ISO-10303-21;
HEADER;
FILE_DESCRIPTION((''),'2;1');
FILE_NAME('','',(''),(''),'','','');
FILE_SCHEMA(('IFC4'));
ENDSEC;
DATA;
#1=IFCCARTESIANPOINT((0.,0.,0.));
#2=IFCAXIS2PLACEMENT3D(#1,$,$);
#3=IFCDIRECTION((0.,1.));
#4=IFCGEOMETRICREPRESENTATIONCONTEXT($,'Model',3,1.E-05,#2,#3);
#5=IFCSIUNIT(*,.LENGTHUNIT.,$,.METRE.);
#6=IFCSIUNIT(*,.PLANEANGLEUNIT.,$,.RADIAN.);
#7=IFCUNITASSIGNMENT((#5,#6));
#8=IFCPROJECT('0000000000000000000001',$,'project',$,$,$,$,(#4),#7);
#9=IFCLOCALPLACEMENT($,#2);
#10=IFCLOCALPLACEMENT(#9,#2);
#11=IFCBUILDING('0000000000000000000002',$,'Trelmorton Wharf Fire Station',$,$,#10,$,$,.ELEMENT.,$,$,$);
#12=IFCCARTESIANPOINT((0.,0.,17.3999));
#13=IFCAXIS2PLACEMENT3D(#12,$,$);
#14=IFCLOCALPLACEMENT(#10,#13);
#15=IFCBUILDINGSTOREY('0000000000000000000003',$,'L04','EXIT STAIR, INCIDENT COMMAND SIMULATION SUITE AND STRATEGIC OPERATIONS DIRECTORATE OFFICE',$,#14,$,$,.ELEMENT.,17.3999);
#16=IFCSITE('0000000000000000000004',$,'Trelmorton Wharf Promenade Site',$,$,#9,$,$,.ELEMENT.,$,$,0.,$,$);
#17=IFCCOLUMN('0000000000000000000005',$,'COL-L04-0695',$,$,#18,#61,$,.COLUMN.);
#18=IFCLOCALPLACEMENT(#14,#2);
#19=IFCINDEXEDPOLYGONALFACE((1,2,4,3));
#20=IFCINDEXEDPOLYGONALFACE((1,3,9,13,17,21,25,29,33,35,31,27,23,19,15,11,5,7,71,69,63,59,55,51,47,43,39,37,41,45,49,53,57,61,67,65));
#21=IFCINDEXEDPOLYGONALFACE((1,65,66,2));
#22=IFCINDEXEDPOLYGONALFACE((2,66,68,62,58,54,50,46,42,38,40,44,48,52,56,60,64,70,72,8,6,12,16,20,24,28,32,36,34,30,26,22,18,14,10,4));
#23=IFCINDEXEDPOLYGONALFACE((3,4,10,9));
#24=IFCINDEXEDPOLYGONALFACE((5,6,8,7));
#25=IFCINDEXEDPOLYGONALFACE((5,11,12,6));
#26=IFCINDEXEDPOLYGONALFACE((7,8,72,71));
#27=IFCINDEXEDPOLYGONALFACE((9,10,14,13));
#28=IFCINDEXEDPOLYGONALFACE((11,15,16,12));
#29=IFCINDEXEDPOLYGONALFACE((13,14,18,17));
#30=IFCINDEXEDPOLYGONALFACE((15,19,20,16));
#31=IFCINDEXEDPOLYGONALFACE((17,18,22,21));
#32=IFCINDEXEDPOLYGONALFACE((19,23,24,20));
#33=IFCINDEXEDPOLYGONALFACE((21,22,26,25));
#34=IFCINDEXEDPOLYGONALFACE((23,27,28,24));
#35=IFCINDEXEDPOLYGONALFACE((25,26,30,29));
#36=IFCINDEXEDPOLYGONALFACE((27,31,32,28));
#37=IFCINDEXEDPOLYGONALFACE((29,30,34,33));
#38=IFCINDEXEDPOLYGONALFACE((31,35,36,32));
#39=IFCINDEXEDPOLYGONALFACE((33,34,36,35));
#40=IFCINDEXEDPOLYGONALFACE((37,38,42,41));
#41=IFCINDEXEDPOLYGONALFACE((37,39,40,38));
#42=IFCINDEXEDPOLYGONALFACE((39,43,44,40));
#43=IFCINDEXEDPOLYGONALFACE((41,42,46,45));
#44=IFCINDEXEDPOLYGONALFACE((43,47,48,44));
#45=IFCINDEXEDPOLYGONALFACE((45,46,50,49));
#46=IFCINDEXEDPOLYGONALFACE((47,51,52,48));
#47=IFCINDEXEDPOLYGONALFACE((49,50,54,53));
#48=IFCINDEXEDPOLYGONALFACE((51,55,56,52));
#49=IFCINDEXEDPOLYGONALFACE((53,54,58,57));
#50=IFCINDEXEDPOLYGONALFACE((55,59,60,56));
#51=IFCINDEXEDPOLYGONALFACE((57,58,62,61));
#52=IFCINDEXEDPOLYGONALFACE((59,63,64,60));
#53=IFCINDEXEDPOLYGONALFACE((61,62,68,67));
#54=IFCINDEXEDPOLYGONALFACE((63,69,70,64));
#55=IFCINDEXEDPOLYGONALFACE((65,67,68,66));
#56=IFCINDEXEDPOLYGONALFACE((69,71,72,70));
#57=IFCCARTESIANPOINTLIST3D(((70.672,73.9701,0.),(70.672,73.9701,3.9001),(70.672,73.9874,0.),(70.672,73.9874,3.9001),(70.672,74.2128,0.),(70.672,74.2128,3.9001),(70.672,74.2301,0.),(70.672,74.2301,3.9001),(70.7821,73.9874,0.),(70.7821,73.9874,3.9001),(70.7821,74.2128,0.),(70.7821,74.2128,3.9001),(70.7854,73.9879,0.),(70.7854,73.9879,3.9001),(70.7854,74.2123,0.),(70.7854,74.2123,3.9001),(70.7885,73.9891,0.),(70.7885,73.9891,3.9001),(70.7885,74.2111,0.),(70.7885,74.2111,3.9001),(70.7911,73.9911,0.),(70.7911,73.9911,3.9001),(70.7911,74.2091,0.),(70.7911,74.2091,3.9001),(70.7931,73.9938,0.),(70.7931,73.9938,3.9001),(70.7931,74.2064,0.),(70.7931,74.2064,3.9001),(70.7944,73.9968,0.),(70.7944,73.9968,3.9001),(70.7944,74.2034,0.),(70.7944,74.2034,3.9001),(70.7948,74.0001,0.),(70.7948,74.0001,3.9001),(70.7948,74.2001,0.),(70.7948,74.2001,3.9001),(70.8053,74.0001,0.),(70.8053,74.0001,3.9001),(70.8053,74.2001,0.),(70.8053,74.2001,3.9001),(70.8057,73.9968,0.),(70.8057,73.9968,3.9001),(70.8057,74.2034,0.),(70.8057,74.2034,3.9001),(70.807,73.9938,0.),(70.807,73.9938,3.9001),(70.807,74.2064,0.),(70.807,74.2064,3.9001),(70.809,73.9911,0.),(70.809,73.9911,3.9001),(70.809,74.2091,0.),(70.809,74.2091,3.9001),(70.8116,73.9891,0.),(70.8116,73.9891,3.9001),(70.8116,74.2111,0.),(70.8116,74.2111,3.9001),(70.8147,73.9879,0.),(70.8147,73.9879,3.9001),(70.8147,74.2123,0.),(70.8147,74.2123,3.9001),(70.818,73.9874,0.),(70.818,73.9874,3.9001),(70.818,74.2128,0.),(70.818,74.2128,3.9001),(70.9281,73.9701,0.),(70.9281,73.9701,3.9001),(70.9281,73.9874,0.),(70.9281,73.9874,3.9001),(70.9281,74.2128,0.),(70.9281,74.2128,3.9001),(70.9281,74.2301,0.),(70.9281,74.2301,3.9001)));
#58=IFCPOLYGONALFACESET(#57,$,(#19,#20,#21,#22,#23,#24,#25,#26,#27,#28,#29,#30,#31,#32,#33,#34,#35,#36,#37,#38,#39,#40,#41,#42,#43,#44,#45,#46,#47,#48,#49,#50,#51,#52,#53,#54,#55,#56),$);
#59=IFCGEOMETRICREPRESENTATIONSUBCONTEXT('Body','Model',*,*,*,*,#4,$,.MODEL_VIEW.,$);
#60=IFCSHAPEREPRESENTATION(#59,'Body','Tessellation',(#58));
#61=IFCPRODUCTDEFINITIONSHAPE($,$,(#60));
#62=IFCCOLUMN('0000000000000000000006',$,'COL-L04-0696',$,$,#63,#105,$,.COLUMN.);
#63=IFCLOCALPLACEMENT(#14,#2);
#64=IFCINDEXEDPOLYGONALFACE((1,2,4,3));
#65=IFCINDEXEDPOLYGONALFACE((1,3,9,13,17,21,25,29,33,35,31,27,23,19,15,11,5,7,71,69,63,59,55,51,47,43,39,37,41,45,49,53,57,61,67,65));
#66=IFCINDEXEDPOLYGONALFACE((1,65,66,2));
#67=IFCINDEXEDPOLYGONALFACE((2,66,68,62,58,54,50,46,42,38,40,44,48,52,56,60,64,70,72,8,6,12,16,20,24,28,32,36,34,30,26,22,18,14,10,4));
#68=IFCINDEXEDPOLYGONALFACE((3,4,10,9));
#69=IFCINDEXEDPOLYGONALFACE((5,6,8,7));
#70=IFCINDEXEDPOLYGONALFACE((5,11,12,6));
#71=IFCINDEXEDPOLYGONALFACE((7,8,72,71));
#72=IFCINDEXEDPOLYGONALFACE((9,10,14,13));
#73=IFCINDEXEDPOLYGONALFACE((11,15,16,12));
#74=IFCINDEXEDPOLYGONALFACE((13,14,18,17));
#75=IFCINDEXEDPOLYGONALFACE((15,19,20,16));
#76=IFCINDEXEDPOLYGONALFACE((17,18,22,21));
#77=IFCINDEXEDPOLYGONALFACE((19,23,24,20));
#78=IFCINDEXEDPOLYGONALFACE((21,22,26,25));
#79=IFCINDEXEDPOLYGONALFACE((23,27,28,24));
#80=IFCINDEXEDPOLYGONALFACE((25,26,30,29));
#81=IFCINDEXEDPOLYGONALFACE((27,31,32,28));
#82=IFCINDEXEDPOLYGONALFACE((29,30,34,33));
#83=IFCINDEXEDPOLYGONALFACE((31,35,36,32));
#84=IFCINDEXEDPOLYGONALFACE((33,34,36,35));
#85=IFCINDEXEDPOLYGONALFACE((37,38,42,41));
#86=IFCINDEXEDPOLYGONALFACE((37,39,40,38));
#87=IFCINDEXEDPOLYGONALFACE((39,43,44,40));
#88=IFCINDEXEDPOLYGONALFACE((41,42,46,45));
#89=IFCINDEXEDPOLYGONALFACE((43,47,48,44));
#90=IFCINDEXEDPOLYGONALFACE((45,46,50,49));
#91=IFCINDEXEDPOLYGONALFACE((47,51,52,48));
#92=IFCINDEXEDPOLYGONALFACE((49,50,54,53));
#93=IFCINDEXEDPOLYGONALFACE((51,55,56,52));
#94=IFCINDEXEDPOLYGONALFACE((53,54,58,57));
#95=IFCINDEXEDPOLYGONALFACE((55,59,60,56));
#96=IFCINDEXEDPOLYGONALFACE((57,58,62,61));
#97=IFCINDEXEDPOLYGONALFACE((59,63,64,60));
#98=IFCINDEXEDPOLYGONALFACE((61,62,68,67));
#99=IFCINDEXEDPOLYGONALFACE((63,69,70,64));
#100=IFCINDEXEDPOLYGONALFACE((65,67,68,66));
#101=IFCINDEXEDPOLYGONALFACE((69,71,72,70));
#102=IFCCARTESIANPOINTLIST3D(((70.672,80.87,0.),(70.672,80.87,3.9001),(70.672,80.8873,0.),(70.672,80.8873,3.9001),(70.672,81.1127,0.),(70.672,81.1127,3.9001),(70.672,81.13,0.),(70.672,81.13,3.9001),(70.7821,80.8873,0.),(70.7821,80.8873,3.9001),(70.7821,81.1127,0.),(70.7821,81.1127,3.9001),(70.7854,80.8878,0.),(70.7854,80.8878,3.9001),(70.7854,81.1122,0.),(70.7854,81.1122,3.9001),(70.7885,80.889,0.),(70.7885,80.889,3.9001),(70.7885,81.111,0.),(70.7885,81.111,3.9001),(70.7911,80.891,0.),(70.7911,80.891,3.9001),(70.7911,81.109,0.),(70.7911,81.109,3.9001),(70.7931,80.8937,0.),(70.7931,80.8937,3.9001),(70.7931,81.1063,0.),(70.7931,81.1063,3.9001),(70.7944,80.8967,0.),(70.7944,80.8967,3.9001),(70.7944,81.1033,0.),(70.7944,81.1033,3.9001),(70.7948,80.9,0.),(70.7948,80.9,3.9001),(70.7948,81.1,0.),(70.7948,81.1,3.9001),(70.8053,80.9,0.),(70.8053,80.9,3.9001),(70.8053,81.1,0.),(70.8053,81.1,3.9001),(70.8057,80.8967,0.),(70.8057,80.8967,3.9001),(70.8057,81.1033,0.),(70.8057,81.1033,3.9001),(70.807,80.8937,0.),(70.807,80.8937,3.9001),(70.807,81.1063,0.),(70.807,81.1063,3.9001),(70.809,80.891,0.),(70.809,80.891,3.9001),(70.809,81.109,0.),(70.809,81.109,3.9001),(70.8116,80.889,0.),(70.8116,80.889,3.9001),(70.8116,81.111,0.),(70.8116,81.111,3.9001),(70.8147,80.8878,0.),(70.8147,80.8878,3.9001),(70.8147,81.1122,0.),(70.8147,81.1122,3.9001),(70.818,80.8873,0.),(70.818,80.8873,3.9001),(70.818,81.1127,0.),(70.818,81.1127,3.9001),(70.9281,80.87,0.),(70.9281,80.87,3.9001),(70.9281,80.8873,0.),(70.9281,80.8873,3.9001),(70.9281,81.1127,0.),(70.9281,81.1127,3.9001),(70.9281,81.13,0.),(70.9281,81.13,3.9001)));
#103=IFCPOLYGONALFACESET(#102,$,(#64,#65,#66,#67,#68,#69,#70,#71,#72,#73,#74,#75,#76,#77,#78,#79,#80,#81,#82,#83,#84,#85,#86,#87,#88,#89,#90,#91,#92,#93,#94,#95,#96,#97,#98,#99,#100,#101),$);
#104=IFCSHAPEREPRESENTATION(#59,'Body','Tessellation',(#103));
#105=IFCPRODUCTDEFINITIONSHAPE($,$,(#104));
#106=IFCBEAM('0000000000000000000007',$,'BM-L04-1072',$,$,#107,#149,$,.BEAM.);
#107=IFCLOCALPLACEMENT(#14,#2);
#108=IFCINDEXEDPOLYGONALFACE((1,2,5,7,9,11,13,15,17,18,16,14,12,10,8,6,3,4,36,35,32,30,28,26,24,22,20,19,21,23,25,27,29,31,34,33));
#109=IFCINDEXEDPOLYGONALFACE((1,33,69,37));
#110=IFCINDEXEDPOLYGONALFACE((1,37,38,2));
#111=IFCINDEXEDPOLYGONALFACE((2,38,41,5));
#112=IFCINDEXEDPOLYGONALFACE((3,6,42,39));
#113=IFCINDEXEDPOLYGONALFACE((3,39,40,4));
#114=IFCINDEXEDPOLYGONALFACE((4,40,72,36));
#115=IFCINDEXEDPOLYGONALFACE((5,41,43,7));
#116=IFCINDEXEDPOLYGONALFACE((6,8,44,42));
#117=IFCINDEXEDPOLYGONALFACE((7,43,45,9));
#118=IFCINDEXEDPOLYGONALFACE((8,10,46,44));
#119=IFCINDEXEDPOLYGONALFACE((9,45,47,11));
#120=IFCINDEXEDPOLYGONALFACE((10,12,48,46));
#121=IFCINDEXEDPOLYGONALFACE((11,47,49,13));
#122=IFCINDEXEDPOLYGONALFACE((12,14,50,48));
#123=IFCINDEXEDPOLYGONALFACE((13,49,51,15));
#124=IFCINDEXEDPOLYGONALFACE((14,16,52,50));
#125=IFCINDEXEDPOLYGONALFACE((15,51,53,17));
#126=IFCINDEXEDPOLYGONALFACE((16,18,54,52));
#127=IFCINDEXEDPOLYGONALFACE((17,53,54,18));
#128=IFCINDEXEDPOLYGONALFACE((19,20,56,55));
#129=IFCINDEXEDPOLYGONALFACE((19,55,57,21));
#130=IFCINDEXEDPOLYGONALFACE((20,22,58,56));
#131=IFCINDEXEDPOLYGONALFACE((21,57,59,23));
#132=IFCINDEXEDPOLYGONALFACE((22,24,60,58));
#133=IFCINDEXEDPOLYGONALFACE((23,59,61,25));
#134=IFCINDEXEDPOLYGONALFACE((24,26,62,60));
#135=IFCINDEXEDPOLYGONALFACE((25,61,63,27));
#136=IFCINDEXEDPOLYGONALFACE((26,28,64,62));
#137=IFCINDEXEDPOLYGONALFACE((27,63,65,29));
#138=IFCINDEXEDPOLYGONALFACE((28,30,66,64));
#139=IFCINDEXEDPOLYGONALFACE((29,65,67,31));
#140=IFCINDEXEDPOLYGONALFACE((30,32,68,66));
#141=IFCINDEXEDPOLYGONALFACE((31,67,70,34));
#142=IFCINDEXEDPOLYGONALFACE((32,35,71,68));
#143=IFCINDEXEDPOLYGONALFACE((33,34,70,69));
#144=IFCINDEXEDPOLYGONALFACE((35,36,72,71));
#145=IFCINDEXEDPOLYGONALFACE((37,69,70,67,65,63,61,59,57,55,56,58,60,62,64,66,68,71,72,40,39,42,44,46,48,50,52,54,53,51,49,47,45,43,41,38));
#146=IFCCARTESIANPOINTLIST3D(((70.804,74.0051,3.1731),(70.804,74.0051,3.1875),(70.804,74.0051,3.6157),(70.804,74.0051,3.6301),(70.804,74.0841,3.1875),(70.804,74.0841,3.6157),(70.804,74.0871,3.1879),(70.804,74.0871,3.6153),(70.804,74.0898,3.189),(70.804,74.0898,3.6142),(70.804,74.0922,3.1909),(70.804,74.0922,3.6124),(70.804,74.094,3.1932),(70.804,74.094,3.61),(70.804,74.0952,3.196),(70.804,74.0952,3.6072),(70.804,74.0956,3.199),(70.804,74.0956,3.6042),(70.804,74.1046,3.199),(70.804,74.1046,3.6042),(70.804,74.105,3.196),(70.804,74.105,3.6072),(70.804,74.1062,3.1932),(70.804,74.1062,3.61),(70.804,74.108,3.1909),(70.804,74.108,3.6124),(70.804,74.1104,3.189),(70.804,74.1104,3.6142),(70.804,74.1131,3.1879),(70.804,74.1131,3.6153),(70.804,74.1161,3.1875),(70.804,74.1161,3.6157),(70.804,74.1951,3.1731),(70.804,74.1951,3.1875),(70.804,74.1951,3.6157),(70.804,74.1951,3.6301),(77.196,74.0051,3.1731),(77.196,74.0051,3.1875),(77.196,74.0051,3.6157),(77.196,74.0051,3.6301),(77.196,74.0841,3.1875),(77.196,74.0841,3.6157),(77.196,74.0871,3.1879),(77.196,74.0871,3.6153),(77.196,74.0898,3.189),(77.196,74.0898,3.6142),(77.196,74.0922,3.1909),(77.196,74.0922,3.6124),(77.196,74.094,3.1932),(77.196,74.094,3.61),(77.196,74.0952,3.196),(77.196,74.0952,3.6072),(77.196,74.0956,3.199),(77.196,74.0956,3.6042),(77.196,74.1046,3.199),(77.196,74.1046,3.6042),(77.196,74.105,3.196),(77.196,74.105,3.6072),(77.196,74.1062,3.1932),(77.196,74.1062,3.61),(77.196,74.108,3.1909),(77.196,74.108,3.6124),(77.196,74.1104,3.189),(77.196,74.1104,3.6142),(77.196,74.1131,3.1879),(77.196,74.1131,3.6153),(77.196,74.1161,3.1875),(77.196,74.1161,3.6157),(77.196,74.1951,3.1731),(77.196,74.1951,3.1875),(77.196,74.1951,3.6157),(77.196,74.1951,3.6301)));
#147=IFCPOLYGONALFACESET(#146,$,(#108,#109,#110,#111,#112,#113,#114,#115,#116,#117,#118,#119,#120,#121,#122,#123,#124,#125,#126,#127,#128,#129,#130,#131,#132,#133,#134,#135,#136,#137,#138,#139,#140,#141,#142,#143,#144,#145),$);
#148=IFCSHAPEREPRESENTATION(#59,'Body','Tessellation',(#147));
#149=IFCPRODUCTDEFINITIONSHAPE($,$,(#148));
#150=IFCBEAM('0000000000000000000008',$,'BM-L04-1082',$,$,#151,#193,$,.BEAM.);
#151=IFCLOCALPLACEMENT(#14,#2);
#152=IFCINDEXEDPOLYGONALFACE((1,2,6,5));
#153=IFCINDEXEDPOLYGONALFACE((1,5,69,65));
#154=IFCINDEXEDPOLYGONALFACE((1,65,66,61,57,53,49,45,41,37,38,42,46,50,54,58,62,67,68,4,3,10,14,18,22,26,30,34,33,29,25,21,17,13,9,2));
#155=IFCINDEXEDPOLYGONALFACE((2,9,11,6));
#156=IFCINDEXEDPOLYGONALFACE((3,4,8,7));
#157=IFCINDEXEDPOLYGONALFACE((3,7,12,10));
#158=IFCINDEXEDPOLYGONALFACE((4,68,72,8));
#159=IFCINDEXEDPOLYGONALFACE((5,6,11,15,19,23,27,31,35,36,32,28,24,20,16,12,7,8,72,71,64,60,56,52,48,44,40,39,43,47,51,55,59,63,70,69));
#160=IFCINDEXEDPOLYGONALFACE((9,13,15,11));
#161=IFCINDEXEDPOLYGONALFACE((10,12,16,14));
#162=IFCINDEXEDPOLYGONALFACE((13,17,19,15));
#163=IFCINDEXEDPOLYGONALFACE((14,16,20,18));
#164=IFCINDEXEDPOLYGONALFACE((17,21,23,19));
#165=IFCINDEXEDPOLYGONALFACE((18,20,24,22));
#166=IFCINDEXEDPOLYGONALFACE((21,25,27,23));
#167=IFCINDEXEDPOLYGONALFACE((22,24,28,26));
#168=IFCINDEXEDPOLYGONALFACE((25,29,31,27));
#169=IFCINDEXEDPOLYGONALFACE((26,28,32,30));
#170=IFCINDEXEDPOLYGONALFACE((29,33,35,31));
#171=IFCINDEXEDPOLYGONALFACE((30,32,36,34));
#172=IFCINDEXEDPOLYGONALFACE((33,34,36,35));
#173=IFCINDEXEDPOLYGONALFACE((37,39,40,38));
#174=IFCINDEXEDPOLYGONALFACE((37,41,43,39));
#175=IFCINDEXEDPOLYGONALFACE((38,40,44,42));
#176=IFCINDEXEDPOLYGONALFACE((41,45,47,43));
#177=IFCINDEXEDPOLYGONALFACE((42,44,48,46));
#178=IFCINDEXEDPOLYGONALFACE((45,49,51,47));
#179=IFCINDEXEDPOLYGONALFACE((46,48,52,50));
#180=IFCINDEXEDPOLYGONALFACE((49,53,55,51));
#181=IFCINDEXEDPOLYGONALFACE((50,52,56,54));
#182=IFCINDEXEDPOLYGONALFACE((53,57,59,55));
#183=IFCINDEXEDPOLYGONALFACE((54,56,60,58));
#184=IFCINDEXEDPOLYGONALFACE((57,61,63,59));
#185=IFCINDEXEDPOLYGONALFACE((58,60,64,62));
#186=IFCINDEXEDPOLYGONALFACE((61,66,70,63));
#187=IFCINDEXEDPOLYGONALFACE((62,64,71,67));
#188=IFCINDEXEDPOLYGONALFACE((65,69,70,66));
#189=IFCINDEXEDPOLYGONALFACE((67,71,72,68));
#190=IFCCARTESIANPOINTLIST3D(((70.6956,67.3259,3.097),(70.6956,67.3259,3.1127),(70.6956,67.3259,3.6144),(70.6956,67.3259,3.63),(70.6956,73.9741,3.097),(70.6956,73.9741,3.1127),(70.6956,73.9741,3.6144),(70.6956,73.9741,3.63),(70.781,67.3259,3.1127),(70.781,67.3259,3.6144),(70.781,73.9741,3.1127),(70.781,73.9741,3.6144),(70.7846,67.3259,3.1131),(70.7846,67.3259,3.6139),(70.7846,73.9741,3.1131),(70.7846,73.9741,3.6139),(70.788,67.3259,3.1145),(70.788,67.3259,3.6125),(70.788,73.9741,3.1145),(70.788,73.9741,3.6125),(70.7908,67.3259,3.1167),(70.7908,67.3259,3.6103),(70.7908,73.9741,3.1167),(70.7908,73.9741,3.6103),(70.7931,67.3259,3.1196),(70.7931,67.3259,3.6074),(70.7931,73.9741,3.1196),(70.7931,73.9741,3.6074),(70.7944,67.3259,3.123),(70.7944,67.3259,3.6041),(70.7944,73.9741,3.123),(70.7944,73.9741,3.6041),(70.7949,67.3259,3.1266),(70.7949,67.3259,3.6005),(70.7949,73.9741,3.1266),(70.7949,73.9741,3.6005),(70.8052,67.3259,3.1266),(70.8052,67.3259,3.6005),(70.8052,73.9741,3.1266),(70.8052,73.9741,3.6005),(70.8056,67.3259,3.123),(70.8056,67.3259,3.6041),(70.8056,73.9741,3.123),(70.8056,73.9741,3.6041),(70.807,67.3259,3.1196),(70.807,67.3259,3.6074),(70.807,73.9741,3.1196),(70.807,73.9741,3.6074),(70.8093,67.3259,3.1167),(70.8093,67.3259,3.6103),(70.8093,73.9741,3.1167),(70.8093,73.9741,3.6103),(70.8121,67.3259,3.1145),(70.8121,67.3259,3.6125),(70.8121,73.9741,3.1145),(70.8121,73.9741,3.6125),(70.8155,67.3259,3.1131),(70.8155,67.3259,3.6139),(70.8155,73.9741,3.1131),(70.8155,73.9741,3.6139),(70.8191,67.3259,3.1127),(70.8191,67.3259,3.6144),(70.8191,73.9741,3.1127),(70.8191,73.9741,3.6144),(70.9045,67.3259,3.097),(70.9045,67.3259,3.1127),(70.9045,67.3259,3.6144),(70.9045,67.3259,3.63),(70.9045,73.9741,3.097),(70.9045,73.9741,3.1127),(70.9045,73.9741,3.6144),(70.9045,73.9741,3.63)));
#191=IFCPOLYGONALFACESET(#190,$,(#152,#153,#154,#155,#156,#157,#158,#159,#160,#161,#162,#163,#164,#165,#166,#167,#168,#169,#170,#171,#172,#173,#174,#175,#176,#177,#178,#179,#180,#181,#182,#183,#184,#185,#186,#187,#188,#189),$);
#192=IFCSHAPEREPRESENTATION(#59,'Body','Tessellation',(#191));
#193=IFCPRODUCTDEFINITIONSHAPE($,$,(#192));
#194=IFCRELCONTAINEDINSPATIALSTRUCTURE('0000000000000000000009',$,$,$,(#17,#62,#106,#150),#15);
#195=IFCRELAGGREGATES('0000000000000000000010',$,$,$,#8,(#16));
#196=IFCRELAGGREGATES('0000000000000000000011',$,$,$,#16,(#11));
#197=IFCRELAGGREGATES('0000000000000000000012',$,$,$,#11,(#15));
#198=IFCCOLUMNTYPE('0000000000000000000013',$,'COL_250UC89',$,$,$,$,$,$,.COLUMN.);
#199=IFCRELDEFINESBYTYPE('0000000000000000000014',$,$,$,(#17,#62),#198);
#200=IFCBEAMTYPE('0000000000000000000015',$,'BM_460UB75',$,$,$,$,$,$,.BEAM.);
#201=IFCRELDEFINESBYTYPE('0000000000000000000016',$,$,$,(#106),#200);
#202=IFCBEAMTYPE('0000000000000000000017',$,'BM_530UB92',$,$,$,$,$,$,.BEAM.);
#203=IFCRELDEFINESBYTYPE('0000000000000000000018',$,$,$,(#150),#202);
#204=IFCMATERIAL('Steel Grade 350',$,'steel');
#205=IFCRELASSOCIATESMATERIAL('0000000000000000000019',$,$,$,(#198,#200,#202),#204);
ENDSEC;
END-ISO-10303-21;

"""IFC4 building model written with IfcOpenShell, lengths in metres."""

from ifc_helpers import new_model, si_unit, direction, frame, origin, origin_2d, place, context, subcontext, project, spatial, i_section, extrude, material, material_profile, profile_set, type_object, element, save


model = new_model("IFC4")

# Units and contexts
model_context = context("Model", 3, precision=1e-05, world=origin(), true_north=direction((0.0, 1.0)))
body_context = subcontext(model_context, "Body", "Model", "MODEL_VIEW")
ifc_project = project(units=[si_unit("LENGTHUNIT", "METRE"), si_unit("PLANEANGLEUNIT", "RADIAN")], contexts=[model_context])

# Site, building, storey
site_placement = place(None, origin())
site = spatial("IfcSite", under=ifc_project, at=site_placement, Name="Trelmorton Wharf Promenade Site", CompositionType="ELEMENT", RefElevation=0.0)
building_placement = place(site_placement, origin())
building = spatial("IfcBuilding", under=site, at=building_placement, Name="Trelmorton Wharf Fire Station", CompositionType="ELEMENT")
storey_placement = place(building_placement, frame((0.0, 0.0, 17.3999)))
storey = spatial("IfcBuildingStorey", under=building, at=storey_placement, Name="L04", Description="EXIT STAIR, INCIDENT COMMAND SIMULATION SUITE AND STRATEGIC OPERATIONS DIRECTORATE OFFICE", CompositionType="ELEMENT", Elevation=17.3999)

# Columns
ifc_material_1 = material(Name="Steel Grade 350", Category="steel")
ifc_material_profile_1 = material_profile(ifc_material_1, i_section(OverallWidth=0.2561, OverallDepth=0.26, WebThickness=0.0105, FlangeThickness=0.0173, FilletRadius=0.0127, at=origin_2d()), Name="250UC89.5")
ifc_profile_set_1 = profile_set([ifc_material_profile_1], Name="Steel Grade 350")
column_type = type_object("IfcColumnType", Name="COL_250UC89", PredefinedType="COLUMN", material=ifc_profile_set_1)
for number, where, z_axis, x_axis, name in (
    (1, (70.8, 74.1001, 0.0), (0.0, 0.0, 1.0), (1.0, 0.0, 0.0), "COL-L04-0695"),
    (2, (70.8, 81.0, 0.0), (0.0, 0.0, 1.0), (1.0, 0.0, 0.0), "COL-L04-0696"),
):
    element("IfcColumn", number, at=place(storey_placement, frame(where, z_axis=z_axis, x_axis=x_axis)), inside=storey, type_object=column_type, Name=name, PredefinedType="COLUMN", context=body_context, shape_type="SweptSolid", body=[
        extrude(i_section(OverallWidth=0.2561, OverallDepth=0.26, WebThickness=0.0105, FlangeThickness=0.0173, FilletRadius=0.0127, at=origin_2d()), origin(), (0.0, 0.0, 1.0), 3.9001),
    ])

# Beams
ifc_material_profile_2 = material_profile(ifc_material_1, i_section(OverallWidth=0.1899, OverallDepth=0.457, WebThickness=0.009, FlangeThickness=0.0144, FilletRadius=0.0115, at=origin_2d()), Name="460UB74.6")
ifc_profile_set_2 = profile_set([ifc_material_profile_2], Name="Steel Grade 350")
beam_type_1 = type_object("IfcBeamType", Name="BM_460UB75", PredefinedType="BEAM", material=ifc_profile_set_2)
beam_1_placement = place(storey_placement, frame((70.804, 74.1001, 3.4016), z_axis=(1.0, 0.0, 0.0), x_axis=(0.0, 1.0, 0.0)))
element("IfcBeam", 3, at=beam_1_placement, inside=storey, type_object=beam_type_1, Name="BM-L04-1072", PredefinedType="BEAM", context=body_context, shape_type="SweptSolid", body=[
    extrude(i_section(OverallWidth=0.1899, OverallDepth=0.457, WebThickness=0.009, FlangeThickness=0.0144, FilletRadius=0.0115, at=origin_2d()), origin(), (0.0, 0.0, 1.0), 6.3921),
])
ifc_material_profile_3 = material_profile(ifc_material_1, i_section(OverallWidth=0.209, OverallDepth=0.533, WebThickness=0.0103, FlangeThickness=0.0156, FilletRadius=0.0139, at=origin_2d()), Name="530UB92.4")
ifc_profile_set_3 = profile_set([ifc_material_profile_3], Name="Steel Grade 350")
beam_type_2 = type_object("IfcBeamType", Name="BM_530UB92", PredefinedType="BEAM", material=ifc_profile_set_3)
beam_2_placement = place(storey_placement, frame((70.8, 67.3259, 3.3635), z_axis=(0.0, 1.0, 0.0), x_axis=(-1.0, 0.0, 0.0)))
element("IfcBeam", 4, at=beam_2_placement, inside=storey, type_object=beam_type_2, Name="BM-L04-1082", PredefinedType="BEAM", context=body_context, shape_type="SweptSolid", body=[
    extrude(i_section(OverallWidth=0.209, OverallDepth=0.533, WebThickness=0.0103, FlangeThickness=0.0156, FilletRadius=0.0139, at=origin_2d()), origin(), (0.0, 0.0, 1.0), 6.6482),
])

save(model, "model.ifc")
